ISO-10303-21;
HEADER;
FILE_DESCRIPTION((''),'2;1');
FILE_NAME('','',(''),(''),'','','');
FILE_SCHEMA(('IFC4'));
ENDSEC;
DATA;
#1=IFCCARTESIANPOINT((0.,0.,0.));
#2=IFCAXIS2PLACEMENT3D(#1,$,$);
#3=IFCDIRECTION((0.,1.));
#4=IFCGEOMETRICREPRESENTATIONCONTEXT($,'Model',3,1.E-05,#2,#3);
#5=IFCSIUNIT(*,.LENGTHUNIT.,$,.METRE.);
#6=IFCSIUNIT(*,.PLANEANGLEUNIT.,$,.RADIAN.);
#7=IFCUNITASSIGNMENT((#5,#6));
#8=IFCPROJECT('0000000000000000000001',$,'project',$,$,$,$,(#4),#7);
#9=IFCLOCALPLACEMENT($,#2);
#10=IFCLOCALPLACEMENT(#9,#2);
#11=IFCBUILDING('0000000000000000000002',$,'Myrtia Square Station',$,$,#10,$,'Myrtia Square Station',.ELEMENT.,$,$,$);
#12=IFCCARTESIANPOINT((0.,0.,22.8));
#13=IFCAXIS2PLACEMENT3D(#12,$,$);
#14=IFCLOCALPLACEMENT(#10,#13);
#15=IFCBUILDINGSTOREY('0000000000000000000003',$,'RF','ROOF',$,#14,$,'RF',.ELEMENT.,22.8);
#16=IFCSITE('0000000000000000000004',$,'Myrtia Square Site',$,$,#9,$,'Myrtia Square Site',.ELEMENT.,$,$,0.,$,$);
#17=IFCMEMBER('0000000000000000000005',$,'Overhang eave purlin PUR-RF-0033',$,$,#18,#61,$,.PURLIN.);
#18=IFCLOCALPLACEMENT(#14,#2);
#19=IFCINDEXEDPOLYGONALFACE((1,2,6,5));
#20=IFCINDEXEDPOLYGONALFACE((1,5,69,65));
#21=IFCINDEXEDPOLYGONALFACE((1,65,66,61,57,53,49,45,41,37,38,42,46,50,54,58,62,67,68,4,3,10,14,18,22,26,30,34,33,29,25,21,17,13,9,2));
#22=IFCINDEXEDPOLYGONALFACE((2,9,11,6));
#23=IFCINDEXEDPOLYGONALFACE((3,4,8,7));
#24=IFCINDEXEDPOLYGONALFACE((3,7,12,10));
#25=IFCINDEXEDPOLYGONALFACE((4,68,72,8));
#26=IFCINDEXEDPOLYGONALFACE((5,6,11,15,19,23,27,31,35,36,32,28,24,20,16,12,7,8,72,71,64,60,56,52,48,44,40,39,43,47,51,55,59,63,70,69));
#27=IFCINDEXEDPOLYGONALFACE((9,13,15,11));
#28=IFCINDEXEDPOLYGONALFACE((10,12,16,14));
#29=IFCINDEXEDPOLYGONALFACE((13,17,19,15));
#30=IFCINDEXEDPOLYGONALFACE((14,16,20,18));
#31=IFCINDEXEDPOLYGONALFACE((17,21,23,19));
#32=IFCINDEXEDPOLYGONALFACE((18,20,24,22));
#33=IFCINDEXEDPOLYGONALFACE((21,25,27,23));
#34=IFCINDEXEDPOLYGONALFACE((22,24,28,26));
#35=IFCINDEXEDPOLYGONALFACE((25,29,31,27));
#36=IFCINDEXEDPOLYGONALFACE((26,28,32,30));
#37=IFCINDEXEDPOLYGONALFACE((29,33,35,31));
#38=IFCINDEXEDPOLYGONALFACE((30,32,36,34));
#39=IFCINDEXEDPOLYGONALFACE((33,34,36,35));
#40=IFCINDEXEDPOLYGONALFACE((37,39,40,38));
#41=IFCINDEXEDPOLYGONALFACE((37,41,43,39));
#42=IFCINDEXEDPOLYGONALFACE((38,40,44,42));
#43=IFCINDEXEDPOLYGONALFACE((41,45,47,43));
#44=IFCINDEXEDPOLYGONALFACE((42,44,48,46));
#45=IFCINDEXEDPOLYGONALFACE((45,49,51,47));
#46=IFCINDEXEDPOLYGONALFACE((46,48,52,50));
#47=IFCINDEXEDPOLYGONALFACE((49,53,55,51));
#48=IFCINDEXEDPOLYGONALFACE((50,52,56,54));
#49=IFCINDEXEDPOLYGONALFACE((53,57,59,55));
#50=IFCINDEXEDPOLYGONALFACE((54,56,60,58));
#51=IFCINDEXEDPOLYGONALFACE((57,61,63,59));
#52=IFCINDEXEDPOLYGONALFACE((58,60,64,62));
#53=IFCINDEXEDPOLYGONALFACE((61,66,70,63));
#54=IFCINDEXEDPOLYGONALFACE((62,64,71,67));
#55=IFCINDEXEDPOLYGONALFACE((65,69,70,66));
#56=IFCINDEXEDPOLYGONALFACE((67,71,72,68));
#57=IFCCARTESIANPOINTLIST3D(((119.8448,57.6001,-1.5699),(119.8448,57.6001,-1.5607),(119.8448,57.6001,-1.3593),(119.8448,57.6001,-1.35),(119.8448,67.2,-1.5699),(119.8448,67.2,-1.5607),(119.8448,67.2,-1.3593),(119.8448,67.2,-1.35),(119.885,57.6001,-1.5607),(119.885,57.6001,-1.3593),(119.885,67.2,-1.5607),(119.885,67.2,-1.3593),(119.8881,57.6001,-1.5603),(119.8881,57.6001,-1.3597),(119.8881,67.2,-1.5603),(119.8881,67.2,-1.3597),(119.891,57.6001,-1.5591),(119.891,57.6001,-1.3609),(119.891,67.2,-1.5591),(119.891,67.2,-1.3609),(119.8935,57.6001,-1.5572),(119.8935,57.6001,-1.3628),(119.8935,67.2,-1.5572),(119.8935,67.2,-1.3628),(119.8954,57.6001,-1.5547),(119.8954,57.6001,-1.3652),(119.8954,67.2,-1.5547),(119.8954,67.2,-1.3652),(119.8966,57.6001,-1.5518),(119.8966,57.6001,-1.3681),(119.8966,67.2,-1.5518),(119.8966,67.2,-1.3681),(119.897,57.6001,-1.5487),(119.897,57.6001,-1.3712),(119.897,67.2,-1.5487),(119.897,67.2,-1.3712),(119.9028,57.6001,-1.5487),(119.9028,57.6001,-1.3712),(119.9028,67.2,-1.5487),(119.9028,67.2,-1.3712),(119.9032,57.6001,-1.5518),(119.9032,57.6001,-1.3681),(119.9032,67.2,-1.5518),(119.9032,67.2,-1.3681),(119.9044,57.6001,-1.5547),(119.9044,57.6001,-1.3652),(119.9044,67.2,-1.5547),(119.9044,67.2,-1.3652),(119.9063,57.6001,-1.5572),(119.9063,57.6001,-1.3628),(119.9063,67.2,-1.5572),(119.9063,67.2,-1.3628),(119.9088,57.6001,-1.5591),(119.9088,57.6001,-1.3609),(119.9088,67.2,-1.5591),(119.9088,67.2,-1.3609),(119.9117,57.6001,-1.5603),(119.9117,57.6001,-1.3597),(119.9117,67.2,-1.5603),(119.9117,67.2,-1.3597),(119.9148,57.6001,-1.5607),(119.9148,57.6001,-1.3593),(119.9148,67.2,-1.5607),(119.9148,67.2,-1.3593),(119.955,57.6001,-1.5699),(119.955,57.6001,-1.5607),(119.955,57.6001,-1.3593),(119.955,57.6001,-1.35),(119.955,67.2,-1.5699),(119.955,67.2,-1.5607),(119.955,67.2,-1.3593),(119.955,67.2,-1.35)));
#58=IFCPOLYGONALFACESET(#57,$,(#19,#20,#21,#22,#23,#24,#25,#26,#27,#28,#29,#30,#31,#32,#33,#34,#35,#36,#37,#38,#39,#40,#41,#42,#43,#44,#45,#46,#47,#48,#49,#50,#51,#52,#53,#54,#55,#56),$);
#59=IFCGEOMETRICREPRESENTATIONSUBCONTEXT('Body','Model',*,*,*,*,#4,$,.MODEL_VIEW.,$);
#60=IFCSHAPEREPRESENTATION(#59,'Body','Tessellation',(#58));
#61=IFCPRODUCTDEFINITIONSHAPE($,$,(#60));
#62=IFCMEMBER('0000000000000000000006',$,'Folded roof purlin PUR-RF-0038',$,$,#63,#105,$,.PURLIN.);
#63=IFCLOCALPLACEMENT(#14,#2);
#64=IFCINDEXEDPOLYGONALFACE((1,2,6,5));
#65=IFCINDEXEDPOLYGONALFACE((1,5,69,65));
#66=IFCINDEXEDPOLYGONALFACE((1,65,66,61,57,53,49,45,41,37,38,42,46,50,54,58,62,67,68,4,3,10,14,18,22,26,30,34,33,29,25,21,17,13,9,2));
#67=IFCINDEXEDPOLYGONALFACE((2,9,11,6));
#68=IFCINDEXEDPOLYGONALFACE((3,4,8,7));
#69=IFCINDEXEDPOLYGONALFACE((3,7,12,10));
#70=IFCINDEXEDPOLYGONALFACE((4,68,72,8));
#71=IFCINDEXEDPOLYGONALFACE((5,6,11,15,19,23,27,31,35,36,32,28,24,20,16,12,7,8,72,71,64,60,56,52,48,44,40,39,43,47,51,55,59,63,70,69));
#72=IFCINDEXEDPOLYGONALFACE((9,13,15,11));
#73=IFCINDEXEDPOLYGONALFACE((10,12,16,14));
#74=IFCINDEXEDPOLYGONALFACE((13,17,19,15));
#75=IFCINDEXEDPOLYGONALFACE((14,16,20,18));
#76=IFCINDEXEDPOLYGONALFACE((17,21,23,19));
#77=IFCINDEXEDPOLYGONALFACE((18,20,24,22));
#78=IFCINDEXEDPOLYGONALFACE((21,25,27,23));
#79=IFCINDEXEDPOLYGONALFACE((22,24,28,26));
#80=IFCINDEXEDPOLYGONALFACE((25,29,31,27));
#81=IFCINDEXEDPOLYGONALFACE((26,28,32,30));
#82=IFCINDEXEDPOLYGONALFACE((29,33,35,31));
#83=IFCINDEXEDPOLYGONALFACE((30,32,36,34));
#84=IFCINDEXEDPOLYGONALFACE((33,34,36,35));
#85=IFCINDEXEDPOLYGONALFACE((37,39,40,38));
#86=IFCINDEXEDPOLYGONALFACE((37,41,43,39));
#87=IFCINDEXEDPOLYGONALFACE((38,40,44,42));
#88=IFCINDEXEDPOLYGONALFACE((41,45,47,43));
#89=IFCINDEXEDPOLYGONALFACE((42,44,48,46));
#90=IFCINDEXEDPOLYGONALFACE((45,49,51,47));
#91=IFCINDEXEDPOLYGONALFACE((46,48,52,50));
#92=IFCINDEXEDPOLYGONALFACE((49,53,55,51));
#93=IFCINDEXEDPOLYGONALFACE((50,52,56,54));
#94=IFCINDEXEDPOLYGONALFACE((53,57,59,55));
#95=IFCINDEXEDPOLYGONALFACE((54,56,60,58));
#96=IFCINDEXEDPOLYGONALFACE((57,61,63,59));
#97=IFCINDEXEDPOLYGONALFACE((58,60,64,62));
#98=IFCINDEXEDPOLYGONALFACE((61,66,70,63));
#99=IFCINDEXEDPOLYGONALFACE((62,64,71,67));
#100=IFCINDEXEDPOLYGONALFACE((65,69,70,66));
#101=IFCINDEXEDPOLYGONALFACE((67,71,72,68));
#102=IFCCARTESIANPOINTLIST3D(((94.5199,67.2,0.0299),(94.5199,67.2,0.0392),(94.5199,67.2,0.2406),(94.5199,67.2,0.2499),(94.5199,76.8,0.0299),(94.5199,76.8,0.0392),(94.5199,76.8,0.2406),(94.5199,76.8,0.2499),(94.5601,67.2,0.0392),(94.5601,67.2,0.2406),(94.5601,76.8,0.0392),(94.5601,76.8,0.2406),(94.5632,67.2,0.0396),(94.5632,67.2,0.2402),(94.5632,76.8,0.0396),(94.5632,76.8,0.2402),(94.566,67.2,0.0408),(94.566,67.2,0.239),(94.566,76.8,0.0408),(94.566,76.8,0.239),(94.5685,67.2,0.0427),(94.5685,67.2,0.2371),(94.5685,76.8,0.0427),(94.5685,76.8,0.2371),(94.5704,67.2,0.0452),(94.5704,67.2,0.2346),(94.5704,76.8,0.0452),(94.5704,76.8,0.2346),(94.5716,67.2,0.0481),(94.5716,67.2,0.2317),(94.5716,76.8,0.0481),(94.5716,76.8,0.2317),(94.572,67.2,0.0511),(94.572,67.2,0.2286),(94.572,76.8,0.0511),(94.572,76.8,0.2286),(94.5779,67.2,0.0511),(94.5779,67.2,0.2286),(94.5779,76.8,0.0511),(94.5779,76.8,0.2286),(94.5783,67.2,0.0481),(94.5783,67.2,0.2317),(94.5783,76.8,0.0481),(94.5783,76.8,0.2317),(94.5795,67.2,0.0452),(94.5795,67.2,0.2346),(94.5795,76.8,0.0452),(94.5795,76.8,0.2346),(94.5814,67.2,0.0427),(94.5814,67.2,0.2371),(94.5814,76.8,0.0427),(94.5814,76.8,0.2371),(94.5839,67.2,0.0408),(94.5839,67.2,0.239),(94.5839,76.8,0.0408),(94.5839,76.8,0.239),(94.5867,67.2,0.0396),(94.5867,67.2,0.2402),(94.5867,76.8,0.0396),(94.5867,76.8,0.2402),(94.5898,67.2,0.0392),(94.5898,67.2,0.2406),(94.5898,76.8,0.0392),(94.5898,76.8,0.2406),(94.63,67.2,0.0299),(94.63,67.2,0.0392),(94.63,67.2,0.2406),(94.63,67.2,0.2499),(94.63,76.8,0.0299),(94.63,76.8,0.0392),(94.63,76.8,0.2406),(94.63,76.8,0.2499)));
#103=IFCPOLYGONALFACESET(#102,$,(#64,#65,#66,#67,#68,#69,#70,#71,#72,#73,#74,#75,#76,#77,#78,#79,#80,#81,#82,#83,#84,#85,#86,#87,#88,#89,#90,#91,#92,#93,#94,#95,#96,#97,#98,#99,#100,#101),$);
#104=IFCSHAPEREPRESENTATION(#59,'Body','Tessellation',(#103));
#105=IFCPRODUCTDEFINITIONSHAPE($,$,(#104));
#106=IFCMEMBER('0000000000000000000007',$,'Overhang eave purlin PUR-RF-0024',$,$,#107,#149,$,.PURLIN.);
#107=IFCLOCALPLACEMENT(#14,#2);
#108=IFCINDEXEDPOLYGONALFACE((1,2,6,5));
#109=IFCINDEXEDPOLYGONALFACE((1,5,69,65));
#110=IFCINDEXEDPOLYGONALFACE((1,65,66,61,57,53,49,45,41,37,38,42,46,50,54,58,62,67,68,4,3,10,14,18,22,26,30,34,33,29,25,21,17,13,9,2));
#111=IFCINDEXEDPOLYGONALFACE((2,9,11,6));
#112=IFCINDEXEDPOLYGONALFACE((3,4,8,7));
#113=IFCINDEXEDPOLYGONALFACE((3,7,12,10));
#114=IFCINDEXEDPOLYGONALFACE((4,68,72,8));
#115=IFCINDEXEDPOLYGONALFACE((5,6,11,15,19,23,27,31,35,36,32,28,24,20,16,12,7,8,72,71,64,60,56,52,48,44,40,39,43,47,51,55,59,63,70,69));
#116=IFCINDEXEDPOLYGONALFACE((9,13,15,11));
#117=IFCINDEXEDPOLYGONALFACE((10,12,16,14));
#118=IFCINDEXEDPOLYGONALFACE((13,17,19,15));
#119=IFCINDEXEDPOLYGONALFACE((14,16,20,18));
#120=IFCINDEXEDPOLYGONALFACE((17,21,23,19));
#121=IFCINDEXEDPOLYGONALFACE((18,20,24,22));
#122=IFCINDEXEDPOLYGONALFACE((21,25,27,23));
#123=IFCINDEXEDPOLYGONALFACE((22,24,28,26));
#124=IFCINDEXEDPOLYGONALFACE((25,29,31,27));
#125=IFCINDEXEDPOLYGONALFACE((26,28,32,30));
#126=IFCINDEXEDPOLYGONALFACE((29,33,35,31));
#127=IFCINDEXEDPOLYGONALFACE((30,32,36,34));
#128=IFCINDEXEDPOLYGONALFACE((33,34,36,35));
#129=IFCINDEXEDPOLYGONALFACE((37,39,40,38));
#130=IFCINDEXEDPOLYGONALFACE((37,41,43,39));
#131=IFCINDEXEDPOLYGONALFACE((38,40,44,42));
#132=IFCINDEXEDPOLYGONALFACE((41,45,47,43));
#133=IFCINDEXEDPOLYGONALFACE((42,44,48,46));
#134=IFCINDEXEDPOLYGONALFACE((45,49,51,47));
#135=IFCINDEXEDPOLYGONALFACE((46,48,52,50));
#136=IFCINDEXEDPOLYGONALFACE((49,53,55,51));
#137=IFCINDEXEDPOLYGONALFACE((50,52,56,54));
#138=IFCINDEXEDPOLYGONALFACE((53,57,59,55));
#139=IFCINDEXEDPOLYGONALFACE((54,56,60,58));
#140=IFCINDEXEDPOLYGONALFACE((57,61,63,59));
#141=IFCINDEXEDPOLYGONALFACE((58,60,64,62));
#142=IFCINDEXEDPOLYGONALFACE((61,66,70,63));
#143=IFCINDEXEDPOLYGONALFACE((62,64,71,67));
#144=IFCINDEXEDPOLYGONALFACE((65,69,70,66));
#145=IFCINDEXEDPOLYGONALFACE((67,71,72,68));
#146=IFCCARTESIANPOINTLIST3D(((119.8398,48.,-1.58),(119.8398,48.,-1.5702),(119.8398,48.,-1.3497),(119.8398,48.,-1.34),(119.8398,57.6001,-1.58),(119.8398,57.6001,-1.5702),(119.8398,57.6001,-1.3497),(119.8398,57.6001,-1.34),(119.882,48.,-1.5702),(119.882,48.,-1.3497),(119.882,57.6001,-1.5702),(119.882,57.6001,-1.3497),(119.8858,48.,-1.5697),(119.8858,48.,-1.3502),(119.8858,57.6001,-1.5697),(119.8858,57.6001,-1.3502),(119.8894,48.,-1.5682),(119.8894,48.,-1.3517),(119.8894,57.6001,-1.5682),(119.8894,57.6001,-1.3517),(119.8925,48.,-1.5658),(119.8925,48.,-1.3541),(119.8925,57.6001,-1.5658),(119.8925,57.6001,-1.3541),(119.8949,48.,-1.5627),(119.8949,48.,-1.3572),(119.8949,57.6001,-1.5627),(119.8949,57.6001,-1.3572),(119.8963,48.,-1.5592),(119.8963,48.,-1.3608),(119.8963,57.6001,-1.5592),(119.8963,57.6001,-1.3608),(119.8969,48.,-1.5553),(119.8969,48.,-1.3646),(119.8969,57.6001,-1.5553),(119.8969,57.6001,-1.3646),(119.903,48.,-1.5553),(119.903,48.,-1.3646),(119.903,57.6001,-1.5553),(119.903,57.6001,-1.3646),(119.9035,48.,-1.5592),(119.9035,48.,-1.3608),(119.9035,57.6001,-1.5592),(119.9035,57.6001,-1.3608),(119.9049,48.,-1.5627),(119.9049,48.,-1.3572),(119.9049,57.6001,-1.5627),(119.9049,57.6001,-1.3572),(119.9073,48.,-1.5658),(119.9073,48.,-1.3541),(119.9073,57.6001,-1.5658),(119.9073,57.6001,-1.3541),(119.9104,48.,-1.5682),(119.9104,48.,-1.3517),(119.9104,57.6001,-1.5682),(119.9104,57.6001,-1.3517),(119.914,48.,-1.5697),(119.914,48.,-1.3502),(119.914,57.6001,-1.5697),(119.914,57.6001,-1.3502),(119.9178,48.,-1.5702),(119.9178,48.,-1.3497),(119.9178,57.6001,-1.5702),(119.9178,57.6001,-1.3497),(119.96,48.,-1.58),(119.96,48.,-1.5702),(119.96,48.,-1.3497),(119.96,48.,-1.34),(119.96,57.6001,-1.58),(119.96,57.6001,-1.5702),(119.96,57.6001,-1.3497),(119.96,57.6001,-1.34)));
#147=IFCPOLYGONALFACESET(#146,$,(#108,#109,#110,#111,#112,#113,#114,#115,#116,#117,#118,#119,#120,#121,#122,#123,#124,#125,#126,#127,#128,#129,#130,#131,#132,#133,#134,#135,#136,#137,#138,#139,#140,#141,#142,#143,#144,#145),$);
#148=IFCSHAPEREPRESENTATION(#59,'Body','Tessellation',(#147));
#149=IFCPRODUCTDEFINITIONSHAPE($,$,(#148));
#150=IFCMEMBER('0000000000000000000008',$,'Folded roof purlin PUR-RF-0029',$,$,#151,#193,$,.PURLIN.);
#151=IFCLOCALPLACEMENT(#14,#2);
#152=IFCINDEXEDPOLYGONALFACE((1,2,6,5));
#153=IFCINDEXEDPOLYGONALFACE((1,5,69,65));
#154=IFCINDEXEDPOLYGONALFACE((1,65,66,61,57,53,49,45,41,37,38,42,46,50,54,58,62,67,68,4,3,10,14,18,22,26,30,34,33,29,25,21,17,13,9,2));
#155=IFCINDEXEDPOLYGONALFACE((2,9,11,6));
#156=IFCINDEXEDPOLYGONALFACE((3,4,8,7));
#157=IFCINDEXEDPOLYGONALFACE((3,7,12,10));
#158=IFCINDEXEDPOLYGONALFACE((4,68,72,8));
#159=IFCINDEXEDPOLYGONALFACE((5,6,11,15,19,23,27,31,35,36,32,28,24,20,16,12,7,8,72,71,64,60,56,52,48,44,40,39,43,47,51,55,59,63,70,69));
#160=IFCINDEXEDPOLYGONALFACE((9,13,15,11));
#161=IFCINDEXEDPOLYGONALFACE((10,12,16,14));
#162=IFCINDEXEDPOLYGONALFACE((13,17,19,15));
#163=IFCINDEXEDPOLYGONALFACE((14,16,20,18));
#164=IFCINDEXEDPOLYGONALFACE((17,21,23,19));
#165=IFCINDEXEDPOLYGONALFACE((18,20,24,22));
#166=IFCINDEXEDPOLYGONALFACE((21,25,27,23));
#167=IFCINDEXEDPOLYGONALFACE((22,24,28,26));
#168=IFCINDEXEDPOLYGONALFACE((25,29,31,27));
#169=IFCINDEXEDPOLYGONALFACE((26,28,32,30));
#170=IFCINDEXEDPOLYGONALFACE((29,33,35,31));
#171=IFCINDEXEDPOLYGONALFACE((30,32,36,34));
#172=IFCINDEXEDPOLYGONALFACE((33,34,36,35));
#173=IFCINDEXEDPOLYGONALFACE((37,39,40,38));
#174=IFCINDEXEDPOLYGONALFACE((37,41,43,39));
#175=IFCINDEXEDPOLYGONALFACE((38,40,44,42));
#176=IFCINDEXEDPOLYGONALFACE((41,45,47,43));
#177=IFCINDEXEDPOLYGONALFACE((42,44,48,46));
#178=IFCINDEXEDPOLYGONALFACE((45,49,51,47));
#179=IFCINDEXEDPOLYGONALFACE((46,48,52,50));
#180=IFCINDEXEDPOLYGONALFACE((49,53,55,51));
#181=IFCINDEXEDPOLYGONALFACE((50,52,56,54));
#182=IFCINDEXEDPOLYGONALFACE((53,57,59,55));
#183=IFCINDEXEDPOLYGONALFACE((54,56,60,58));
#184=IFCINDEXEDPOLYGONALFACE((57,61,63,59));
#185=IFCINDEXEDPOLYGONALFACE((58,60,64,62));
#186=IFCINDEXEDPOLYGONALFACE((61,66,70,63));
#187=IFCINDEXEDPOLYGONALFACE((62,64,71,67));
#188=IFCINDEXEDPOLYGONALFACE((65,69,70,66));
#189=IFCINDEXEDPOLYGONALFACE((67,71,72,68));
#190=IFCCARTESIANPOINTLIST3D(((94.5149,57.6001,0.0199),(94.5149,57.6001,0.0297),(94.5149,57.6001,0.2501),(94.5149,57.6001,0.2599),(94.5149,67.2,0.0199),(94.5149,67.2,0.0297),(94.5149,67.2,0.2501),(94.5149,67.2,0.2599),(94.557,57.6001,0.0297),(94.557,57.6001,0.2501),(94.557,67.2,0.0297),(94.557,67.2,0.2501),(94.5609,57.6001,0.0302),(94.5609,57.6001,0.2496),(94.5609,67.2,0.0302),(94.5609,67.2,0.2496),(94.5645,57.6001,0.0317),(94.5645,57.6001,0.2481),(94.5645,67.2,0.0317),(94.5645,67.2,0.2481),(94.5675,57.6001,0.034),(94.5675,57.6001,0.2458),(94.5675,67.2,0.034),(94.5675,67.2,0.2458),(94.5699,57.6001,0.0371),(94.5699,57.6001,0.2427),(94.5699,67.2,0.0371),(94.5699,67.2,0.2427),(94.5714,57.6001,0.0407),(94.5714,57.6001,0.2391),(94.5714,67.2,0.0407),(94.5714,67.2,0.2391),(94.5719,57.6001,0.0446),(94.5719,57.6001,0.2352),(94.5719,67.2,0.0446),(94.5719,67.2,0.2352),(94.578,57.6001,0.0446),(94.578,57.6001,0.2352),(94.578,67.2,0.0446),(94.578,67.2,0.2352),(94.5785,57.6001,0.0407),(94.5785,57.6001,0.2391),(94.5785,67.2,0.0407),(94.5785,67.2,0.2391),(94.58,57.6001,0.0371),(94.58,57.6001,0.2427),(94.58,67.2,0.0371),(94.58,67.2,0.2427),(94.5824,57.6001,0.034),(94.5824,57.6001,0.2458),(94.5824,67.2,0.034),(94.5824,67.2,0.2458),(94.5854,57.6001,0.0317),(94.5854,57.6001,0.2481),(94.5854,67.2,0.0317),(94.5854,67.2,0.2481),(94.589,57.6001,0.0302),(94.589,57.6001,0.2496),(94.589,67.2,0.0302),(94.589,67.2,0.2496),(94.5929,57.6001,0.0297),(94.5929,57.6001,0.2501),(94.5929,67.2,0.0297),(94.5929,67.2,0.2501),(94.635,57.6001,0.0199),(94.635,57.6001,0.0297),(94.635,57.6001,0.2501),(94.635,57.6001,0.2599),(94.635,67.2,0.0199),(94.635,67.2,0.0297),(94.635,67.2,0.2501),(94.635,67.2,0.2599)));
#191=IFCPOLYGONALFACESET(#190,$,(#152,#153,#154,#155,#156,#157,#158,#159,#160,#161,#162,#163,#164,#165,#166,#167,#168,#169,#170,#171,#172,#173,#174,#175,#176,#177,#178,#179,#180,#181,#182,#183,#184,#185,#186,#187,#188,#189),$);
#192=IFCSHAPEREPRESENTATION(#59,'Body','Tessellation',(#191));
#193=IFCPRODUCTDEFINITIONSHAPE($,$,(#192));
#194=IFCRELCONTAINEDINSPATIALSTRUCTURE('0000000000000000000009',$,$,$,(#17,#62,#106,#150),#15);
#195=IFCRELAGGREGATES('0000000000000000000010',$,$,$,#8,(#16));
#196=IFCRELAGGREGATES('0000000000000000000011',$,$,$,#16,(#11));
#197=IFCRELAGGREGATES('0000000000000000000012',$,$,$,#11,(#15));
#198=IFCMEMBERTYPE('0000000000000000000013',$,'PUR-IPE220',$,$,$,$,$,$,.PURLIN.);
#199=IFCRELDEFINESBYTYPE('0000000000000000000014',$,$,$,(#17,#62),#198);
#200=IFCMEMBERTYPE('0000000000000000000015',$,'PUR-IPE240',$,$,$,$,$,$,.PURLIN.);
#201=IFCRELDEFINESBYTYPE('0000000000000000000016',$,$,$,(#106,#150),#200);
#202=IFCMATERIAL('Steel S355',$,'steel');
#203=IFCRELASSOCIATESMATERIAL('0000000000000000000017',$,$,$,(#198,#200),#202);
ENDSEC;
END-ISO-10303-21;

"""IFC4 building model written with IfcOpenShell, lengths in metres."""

from ifc_helpers import new_model, si_unit, direction, frame, origin, origin_2d, place, context, subcontext, project, spatial, i_section, extrude, material, material_profile, profile_set, type_object, element, save


model = new_model("IFC4")

# Units and contexts
model_context = context("Model", 3, precision=1e-05, world=origin(), true_north=direction((0.0, 1.0)))
body_context = subcontext(model_context, "Body", "Model", "MODEL_VIEW")
ifc_project = project(units=[si_unit("LENGTHUNIT", "METRE"), si_unit("PLANEANGLEUNIT", "RADIAN")], contexts=[model_context])

# Site, building, storey
site_placement = place(None, origin())
site = spatial("IfcSite", under=ifc_project, at=site_placement, Name="Myrtia Square Site", LongName="Myrtia Square Site", CompositionType="ELEMENT", RefElevation=0.0)
building_placement = place(site_placement, origin())
building = spatial("IfcBuilding", under=site, at=building_placement, Name="Myrtia Square Station", LongName="Myrtia Square Station", CompositionType="ELEMENT")
storey_placement = place(building_placement, frame((0.0, 0.0, 22.8)))
storey = spatial("IfcBuildingStorey", under=building, at=storey_placement, Name="RF", Description="ROOF", LongName="RF", CompositionType="ELEMENT", Elevation=22.8)

# Members
ifc_material_1 = material(Name="Steel S355", Category="steel")
ifc_material_profile_1 = material_profile(ifc_material_1, i_section(OverallWidth=0.1101, OverallDepth=0.22, WebThickness=0.0059, FlangeThickness=0.0093, FilletRadius=0.012, at=origin_2d()), Name="IPE 220")
ifc_profile_set_1 = profile_set([ifc_material_profile_1], Name="Steel S355")
member_type_1 = type_object("IfcMemberType", Name="PUR-IPE220", PredefinedType="PURLIN", material=ifc_profile_set_1)
for number, where, z_axis, x_axis, name in (
    (1, (119.8999, 57.6001, -1.46), (0.0, 1.0, 0.0), (-1.0, 0.0, 0.0), "Overhang eave purlin PUR-RF-0033"),
):
    element("IfcMember", number, at=place(storey_placement, frame(where, z_axis=z_axis, x_axis=x_axis)), inside=storey, type_object=member_type_1, Name=name, PredefinedType="PURLIN", context=body_context, shape_type="SweptSolid", body=[
        extrude(i_section(OverallWidth=0.1101, OverallDepth=0.22, WebThickness=0.0059, FlangeThickness=0.0093, FilletRadius=0.012, at=origin_2d()), origin(), (0.0, 0.0, 1.0), 9.5999),
    ])
member_1_placement = place(storey_placement, frame((94.575, 67.2, 0.1399), z_axis=(0.0, 1.0, 0.0), x_axis=(-1.0, 0.0, 0.0)))
element("IfcMember", 2, at=member_1_placement, inside=storey, type_object=member_type_1, Name="Folded roof purlin PUR-RF-0038", PredefinedType="PURLIN", context=body_context, shape_type="SweptSolid", body=[
    extrude(i_section(OverallWidth=0.1101, OverallDepth=0.22, WebThickness=0.0059, FlangeThickness=0.0093, FilletRadius=0.012, at=origin_2d()), origin(), (0.0, 0.0, 1.0), 9.6001),
])
ifc_material_profile_2 = material_profile(ifc_material_1, i_section(OverallWidth=0.1201, OverallDepth=0.24, WebThickness=0.0061, FlangeThickness=0.0098, FilletRadius=0.0149, at=origin_2d()), Name="IPE 240")
ifc_profile_set_2 = profile_set([ifc_material_profile_2], Name="Steel S355")
member_type_2 = type_object("IfcMemberType", Name="PUR-IPE240", PredefinedType="PURLIN", material=ifc_profile_set_2)
member_2_placement = place(storey_placement, frame((119.8999, 48.0, -1.46), z_axis=(0.0, 1.0, 0.0), x_axis=(-1.0, 0.0, 0.0)))
element("IfcMember", 3, at=member_2_placement, inside=storey, type_object=member_type_2, Name="Overhang eave purlin PUR-RF-0024", PredefinedType="PURLIN", context=body_context, shape_type="SweptSolid", body=[
    extrude(i_section(OverallWidth=0.1201, OverallDepth=0.24, WebThickness=0.0061, FlangeThickness=0.0098, FilletRadius=0.0149, at=origin_2d()), origin(), (0.0, 0.0, 1.0), 9.6001),
])
member_3_placement = place(storey_placement, frame((94.575, 57.6001, 0.1399), z_axis=(0.0, 1.0, 0.0), x_axis=(-1.0, 0.0, 0.0)))
element("IfcMember", 4, at=member_3_placement, inside=storey, type_object=member_type_2, Name="Folded roof purlin PUR-RF-0029", PredefinedType="PURLIN", context=body_context, shape_type="SweptSolid", body=[
    extrude(i_section(OverallWidth=0.1201, OverallDepth=0.24, WebThickness=0.0061, FlangeThickness=0.0098, FilletRadius=0.0149, at=origin_2d()), origin(), (0.0, 0.0, 1.0), 9.5999),
])

save(model, "model.ifc")
